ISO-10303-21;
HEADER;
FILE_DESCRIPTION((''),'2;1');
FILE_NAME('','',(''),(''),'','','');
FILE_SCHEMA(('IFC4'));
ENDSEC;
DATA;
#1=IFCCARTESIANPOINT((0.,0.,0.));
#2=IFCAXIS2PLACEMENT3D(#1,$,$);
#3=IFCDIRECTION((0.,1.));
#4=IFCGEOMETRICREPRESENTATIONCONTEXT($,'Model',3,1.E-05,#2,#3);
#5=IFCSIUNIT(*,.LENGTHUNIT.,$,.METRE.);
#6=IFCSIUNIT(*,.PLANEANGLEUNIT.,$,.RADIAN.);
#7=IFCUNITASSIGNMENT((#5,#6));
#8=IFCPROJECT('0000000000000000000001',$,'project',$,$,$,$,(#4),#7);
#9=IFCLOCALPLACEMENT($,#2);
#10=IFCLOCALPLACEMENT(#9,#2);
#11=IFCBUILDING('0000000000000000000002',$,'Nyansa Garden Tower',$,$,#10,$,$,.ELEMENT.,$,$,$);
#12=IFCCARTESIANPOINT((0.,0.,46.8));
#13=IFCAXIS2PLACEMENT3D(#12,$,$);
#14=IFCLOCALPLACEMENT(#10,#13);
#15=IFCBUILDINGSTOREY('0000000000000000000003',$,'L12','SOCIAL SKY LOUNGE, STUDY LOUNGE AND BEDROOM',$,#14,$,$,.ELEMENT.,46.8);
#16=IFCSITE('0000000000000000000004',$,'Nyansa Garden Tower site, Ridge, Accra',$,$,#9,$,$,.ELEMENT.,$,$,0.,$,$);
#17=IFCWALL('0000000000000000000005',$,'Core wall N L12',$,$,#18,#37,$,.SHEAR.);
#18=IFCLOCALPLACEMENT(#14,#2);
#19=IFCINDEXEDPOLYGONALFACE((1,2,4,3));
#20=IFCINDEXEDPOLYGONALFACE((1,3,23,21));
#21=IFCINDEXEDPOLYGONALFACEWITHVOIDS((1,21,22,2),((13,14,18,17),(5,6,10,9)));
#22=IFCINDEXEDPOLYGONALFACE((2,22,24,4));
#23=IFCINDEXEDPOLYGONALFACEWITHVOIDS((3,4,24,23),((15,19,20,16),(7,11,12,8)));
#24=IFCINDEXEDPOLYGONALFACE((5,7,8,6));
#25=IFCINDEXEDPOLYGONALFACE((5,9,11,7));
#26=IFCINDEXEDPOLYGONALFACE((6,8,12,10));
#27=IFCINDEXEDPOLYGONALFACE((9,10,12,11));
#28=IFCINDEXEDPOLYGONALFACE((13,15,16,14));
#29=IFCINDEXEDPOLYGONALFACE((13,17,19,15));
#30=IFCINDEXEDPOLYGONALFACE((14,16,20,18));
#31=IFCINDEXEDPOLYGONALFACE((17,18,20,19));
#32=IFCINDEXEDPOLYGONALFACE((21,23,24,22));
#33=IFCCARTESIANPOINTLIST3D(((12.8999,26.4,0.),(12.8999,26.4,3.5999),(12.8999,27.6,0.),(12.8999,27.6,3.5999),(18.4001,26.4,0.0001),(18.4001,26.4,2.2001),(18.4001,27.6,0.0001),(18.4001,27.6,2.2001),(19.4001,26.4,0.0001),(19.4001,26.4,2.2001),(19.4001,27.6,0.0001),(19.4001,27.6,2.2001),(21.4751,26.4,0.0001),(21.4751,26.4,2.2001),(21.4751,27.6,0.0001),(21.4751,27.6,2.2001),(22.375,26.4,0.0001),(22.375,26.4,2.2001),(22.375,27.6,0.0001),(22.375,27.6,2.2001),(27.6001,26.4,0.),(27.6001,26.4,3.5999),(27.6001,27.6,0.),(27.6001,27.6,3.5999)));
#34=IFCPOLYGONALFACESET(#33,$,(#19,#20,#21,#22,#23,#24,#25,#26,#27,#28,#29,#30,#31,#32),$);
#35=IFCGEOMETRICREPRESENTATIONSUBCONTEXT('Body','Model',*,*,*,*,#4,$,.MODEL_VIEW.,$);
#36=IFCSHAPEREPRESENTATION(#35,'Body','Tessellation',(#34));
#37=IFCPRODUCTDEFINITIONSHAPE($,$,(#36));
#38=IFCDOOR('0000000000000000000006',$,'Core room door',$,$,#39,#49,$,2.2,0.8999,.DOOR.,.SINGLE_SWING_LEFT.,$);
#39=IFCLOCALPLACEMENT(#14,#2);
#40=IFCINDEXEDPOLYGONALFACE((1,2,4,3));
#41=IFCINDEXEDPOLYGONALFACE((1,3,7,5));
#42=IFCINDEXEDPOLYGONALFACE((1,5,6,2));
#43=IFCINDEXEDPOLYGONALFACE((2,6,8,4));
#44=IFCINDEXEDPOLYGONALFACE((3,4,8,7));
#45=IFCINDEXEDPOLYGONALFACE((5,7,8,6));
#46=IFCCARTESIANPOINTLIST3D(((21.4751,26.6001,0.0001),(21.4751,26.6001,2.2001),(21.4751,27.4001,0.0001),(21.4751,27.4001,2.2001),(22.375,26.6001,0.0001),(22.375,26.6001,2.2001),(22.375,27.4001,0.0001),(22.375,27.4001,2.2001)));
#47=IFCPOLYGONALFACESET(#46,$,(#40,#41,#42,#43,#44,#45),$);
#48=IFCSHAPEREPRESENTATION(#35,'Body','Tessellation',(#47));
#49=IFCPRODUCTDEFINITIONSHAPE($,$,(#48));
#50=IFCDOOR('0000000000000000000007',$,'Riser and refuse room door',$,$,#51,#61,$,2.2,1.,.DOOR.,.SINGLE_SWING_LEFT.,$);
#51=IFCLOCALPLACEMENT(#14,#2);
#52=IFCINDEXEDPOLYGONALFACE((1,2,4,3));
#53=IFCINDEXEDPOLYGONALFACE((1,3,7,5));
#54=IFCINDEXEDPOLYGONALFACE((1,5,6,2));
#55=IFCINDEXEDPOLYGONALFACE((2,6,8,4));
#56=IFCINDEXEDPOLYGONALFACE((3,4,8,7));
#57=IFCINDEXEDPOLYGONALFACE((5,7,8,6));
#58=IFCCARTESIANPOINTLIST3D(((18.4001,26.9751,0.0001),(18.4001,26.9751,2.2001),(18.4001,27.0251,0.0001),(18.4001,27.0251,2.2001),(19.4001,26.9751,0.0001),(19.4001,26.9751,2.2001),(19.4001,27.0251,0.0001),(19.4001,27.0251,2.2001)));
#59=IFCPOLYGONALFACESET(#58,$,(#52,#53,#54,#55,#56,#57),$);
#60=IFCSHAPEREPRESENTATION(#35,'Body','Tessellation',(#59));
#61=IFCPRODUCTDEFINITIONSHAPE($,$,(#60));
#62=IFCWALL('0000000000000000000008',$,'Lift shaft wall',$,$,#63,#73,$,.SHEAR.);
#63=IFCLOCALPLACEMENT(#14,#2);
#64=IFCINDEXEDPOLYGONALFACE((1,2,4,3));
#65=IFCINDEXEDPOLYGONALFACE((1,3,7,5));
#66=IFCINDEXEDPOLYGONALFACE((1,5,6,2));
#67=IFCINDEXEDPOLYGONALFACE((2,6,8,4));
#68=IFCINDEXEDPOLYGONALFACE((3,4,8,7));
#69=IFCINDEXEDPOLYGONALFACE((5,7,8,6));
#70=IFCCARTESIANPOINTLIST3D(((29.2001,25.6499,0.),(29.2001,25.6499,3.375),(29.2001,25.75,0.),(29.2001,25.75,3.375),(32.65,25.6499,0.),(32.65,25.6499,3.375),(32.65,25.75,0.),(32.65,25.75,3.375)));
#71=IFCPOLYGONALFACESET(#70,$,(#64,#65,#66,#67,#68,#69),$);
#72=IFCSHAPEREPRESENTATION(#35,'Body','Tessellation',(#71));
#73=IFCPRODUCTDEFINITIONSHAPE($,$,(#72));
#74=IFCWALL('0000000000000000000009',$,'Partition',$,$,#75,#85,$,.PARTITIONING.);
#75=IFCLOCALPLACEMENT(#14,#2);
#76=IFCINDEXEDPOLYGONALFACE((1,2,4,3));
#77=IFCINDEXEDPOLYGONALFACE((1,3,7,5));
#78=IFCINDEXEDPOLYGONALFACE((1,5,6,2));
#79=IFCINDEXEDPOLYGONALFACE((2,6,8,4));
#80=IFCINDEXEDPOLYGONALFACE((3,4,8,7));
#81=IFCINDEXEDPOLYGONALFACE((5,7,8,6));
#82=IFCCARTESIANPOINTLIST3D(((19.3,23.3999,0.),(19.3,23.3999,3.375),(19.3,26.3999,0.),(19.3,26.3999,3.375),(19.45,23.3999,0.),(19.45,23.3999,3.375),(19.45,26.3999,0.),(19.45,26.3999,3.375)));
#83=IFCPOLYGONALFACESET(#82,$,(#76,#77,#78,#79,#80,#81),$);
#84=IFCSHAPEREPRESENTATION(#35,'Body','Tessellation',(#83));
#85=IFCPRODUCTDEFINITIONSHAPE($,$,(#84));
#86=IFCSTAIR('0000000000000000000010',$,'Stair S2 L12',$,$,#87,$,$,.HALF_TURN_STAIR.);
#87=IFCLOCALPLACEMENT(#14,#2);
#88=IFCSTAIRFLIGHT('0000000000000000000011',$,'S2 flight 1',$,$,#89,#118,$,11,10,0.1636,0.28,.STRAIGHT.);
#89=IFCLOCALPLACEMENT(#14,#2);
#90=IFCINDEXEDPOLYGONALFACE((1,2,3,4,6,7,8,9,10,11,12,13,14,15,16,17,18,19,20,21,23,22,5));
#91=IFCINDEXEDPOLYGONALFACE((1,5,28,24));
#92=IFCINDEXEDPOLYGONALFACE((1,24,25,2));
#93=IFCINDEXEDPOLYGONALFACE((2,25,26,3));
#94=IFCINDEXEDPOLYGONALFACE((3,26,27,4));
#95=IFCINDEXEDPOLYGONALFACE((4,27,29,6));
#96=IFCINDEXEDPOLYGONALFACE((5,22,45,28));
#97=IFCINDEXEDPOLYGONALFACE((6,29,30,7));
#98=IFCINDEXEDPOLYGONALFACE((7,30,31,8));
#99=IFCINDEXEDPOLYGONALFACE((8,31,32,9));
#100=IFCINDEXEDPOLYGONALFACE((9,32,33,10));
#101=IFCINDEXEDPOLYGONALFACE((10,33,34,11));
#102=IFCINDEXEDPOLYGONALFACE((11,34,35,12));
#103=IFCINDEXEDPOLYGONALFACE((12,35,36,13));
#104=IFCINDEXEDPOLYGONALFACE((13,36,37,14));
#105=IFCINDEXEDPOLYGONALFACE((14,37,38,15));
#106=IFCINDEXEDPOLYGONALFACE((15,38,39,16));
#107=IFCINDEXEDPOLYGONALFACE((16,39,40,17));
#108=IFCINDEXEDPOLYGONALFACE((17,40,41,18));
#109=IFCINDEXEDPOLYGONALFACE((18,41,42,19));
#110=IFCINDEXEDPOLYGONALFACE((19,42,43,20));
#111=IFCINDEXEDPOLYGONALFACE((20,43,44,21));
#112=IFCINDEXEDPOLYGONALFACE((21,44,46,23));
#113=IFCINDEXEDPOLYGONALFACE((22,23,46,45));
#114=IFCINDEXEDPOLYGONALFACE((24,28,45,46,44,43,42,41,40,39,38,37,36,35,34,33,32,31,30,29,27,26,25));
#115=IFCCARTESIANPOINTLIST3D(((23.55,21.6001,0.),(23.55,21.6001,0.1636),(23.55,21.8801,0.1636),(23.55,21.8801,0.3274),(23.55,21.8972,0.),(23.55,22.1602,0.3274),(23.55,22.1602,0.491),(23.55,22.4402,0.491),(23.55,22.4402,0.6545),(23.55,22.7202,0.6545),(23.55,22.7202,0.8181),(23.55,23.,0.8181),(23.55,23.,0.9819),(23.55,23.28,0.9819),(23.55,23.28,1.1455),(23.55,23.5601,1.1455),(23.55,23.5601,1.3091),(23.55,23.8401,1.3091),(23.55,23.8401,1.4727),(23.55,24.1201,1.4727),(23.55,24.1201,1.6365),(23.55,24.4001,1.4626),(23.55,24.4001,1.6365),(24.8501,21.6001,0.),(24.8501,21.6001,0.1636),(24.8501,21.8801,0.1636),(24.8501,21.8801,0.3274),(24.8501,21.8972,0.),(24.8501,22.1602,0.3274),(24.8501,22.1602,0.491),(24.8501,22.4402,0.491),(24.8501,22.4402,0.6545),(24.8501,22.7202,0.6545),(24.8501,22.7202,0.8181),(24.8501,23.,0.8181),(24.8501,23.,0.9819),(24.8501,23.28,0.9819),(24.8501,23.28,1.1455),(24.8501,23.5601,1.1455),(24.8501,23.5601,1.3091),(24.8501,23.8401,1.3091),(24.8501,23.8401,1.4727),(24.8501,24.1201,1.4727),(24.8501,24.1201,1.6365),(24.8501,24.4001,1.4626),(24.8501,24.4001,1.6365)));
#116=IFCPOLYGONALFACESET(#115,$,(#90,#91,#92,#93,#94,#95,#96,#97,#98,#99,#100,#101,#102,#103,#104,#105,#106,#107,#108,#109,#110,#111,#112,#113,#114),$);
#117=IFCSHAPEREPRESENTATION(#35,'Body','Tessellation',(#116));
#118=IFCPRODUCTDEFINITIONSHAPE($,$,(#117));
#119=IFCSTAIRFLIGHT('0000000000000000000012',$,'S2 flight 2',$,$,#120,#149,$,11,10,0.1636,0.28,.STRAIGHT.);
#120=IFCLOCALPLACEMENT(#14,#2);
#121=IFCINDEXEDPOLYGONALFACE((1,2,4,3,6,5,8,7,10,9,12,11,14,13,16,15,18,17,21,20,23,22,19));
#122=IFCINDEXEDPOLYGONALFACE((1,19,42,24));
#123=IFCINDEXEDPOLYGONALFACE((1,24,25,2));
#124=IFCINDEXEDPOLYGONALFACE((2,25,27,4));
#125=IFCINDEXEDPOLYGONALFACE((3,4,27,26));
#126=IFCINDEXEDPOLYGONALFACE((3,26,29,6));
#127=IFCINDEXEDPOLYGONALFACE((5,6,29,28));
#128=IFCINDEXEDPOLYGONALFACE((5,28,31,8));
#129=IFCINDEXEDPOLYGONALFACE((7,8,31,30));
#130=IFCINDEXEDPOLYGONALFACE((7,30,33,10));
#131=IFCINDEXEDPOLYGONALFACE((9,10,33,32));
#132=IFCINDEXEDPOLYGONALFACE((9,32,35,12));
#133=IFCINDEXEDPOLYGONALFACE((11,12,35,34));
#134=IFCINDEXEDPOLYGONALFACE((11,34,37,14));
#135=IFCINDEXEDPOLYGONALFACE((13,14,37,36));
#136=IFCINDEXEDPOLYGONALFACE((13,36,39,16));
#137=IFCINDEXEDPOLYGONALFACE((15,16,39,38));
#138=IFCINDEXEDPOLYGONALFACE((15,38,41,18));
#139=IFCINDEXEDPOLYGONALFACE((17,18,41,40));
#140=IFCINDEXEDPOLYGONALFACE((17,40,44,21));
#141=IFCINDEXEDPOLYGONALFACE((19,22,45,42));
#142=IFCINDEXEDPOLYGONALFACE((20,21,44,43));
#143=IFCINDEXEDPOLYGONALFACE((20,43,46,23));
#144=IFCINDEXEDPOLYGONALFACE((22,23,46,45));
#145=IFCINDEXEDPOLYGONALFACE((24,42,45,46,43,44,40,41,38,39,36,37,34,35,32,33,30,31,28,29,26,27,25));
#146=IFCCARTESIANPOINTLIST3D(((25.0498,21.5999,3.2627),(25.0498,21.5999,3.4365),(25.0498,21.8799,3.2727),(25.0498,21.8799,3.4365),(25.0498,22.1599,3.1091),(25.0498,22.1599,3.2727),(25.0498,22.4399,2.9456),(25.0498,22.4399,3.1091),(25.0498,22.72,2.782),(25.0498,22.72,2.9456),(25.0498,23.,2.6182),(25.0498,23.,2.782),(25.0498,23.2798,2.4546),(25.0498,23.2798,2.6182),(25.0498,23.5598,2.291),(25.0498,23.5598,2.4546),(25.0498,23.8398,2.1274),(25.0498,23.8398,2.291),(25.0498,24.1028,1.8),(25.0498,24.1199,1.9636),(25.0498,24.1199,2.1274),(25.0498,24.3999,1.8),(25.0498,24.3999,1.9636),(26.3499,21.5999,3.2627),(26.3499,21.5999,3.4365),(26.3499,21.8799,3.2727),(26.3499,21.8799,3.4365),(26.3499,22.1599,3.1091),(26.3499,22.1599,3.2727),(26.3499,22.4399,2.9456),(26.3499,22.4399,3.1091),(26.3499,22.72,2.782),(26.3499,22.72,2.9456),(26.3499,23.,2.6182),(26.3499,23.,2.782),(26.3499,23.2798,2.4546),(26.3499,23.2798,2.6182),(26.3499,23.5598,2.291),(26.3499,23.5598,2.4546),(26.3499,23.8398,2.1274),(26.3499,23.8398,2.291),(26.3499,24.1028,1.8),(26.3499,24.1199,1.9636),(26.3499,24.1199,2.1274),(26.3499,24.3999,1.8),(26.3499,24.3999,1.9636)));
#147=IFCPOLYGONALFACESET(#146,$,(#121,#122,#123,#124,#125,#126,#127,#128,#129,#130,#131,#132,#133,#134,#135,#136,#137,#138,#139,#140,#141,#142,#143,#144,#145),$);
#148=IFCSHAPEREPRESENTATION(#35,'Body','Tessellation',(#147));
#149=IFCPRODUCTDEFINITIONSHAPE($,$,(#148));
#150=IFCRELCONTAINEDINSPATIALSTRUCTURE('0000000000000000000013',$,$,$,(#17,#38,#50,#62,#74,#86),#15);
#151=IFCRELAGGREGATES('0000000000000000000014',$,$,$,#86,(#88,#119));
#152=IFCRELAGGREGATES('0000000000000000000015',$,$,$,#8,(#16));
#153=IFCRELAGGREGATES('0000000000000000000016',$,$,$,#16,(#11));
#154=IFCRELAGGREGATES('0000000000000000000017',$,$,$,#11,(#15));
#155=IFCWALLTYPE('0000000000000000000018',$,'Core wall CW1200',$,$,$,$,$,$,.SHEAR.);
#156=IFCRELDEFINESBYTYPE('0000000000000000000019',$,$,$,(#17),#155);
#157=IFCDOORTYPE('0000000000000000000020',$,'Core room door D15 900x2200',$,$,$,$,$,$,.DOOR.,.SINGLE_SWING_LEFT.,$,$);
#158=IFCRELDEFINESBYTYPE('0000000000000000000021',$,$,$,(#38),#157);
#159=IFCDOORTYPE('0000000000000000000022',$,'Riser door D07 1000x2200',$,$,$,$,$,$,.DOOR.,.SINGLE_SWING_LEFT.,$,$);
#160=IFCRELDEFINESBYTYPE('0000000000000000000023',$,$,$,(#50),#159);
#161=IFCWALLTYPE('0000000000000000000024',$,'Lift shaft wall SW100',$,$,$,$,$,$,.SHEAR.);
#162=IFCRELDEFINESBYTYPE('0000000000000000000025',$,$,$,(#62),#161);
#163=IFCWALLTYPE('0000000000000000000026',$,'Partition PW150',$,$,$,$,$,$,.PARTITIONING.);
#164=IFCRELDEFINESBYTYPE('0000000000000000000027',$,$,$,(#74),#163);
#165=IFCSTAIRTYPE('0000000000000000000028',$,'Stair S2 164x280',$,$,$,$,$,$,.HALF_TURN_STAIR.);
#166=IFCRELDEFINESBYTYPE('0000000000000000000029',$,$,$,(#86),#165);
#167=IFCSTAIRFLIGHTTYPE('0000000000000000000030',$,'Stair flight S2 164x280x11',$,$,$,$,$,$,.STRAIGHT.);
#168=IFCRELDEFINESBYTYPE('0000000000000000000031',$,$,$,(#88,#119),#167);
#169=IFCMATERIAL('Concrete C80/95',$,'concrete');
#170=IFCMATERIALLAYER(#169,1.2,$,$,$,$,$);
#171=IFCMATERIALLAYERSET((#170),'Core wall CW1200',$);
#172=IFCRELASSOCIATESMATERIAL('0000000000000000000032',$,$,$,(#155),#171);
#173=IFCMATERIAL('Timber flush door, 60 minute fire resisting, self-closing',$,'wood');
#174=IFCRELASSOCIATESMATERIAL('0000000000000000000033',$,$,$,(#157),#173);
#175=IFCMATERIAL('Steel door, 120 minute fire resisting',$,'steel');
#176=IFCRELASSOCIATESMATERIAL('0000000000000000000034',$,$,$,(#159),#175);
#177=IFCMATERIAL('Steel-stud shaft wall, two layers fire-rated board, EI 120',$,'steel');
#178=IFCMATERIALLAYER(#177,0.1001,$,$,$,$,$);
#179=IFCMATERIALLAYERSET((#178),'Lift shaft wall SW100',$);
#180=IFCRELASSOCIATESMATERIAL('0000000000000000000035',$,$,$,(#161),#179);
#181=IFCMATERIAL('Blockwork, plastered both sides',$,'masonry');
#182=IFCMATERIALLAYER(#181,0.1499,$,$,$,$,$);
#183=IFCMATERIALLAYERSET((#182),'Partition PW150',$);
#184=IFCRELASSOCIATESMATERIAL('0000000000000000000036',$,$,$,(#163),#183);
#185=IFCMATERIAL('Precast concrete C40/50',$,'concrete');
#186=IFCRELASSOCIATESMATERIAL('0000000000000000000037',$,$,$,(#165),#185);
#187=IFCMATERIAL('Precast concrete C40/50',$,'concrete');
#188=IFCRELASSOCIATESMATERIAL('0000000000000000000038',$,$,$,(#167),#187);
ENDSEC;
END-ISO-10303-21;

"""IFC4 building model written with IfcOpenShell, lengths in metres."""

from ifc_helpers import new_model, si_unit, direction, frame, frame_2d, origin, place, context, subcontext, project, spatial, polyline, rectangle, outline, extrude, material, layer, layer_set, type_object, element, fill, aggregate, save


model = new_model("IFC4")

# Units and contexts
model_context = context("Model", 3, precision=1e-05, world=origin(), true_north=direction((0.0, 1.0)))
body_context = subcontext(model_context, "Body", "Model", "MODEL_VIEW")
ifc_project = project(units=[si_unit("LENGTHUNIT", "METRE"), si_unit("PLANEANGLEUNIT", "RADIAN")], contexts=[model_context])

# Site, building, storey
site_placement = place(None, origin())
site = spatial("IfcSite", under=ifc_project, at=site_placement, Name="Nyansa Garden Tower site, Ridge, Accra", CompositionType="ELEMENT", RefElevation=0.0)
building_placement = place(site_placement, origin())
building = spatial("IfcBuilding", under=site, at=building_placement, Name="Nyansa Garden Tower", CompositionType="ELEMENT")
storey_placement = place(building_placement, frame((0.0, 0.0, 46.8)))
storey = spatial("IfcBuildingStorey", under=building, at=storey_placement, Name="L12", Description="SOCIAL SKY LOUNGE, STUDY LOUNGE AND BEDROOM", CompositionType="ELEMENT", Elevation=46.8)

# Wall, openings, doors
ifc_material_1 = material(Name="Concrete C80/95", Category="concrete")
ifc_layer_1 = layer(ifc_material_1, 1.2)
ifc_layer_set_1 = layer_set([ifc_layer_1], Name="Core wall CW1200")
wall_type_1 = type_object("IfcWallType", Name="Core wall CW1200", PredefinedType="SHEAR", material=ifc_layer_set_1)
wall_1_placement = place(storey_placement, frame((27.6001, 27.0, 0.0), z_axis=(0.0, 0.0, 1.0), x_axis=(-1.0, 0.0, 0.0)))
wall_1 = element("IfcWall", 1, at=wall_1_placement, inside=storey, type_object=wall_type_1, Name="Core wall N L12", PredefinedType="SHEAR", context=body_context, shape_type="SweptSolid", body=[
    extrude(rectangle(XDim=14.7002, YDim=1.2, at=frame_2d((7.3501, 0.0))), origin(), (0.0, 0.0, 1.0), 3.5999),
])
opening_1_placement = place(wall_1_placement, frame((5.2251, 0.0, 0.0)))
opening_1 = element("IfcOpeningElement", 2, at=opening_1_placement, cuts=wall_1, PredefinedType="OPENING", context=body_context, shape_type="SweptSolid", body=[
    extrude(rectangle(XDim=0.8999, YDim=2.2, at=frame_2d((0.45, 1.1001))), frame((0.0, 0.6099, 0.0), z_axis=(0.0, -1.0, 0.0), x_axis=(1.0, 0.0, 0.0)), (0.0, 0.0, 1.0), 1.22),
])
opening_2_placement = place(wall_1_placement, frame((8.2, 0.0, 0.0)))
opening_2 = element("IfcOpeningElement", 3, at=opening_2_placement, cuts=wall_1, PredefinedType="OPENING", context=body_context, shape_type="SweptSolid", body=[
    extrude(rectangle(XDim=1.0, YDim=2.2, at=frame_2d((0.5, 1.1001))), frame((0.0, 0.6099, 0.0), z_axis=(0.0, -1.0, 0.0), x_axis=(1.0, 0.0, 0.0)), (0.0, 0.0, 1.0), 1.22),
])
ifc_material_2 = material(Name="Timber flush door, 60 minute fire resisting, self-closing", Category="wood")
door_type_1 = type_object("IfcDoorType", Name="Core room door D15 900x2200", OperationType="SINGLE_SWING_LEFT", PredefinedType="DOOR", material=ifc_material_2)
door_1_placement = place(opening_1_placement, origin())
door_1 = element("IfcDoor", 4, at=door_1_placement, inside=storey, type_object=door_type_1, Name="Core room door", OperationType="SINGLE_SWING_LEFT", OverallHeight=2.2, OverallWidth=0.8999, PredefinedType="DOOR", context=body_context, shape_type="SweptSolid", body=[
    extrude(rectangle(XDim=0.8999, YDim=2.2, at=frame_2d((0.45, 1.1001))), frame((0.0, 0.3999, 0.0), z_axis=(0.0, -1.0, 0.0), x_axis=(1.0, 0.0, 0.0)), (0.0, 0.0, 1.0), 0.8),
])
fill(opening_1, door_1)
ifc_material_3 = material(Name="Steel door, 120 minute fire resisting", Category="steel")
door_type_2 = type_object("IfcDoorType", Name="Riser door D07 1000x2200", OperationType="SINGLE_SWING_LEFT", PredefinedType="DOOR", material=ifc_material_3)
door_2_placement = place(opening_2_placement, origin())
door_2 = element("IfcDoor", 5, at=door_2_placement, inside=storey, type_object=door_type_2, Name="Riser and refuse room door", OperationType="SINGLE_SWING_LEFT", OverallHeight=2.2, OverallWidth=1.0, PredefinedType="DOOR", context=body_context, shape_type="SweptSolid", body=[
    extrude(rectangle(XDim=1.0, YDim=2.2, at=frame_2d((0.5, 1.1001))), frame((0.0, 0.0249, 0.0), z_axis=(0.0, -1.0, 0.0), x_axis=(1.0, 0.0, 0.0)), (0.0, 0.0, 1.0), 0.05),
])
fill(opening_2, door_2)

# Walls
ifc_material_4 = material(Name="Steel-stud shaft wall, two layers fire-rated board, EI 120", Category="steel")
ifc_layer_2 = layer(ifc_material_4, 0.1001)
ifc_layer_set_2 = layer_set([ifc_layer_2], Name="Lift shaft wall SW100")
wall_type_2 = type_object("IfcWallType", Name="Lift shaft wall SW100", PredefinedType="SHEAR", material=ifc_layer_set_2)
wall_2_placement = place(storey_placement, frame((29.2, 25.7, 0.0), z_axis=(0.0, 0.0, 1.0), x_axis=(1.0, 0.0, 0.0)))
element("IfcWall", 6, at=wall_2_placement, inside=storey, type_object=wall_type_2, Name="Lift shaft wall", PredefinedType="SHEAR", context=body_context, shape_type="SweptSolid", body=[
    extrude(rectangle(XDim=3.45, YDim=0.1001, at=frame_2d((1.7251, 0.0))), origin(), (0.0, 0.0, 1.0), 3.375),
])
ifc_material_5 = material(Name="Blockwork, plastered both sides", Category="masonry")
ifc_layer_3 = layer(ifc_material_5, 0.1499)
ifc_layer_set_3 = layer_set([ifc_layer_3], Name="Partition PW150")
wall_type_3 = type_object("IfcWallType", Name="Partition PW150", PredefinedType="PARTITIONING", material=ifc_layer_set_3)
wall_3_placement = place(storey_placement, frame((19.375, 23.3999, 0.0), z_axis=(0.0, 0.0, 1.0), x_axis=(0.0, 1.0, 0.0)))
element("IfcWall", 7, at=wall_3_placement, inside=storey, type_object=wall_type_3, Name="Partition", PredefinedType="PARTITIONING", context=body_context, shape_type="SweptSolid", body=[
    extrude(rectangle(XDim=3.0, YDim=0.1499, at=frame_2d((1.5, 0.0))), origin(), (0.0, 0.0, 1.0), 3.375),
])

# Stair, stair flights
ifc_material_6 = material(Name="Precast concrete C40/50", Category="concrete")
stair_type = type_object("IfcStairType", Name="Stair S2 164x280", PredefinedType="HALF_TURN_STAIR", material=ifc_material_6)
stair_placement = place(storey_placement, origin())
stair = element("IfcStair", 8, at=stair_placement, inside=storey, type_object=stair_type, Name="Stair S2 L12", PredefinedType="HALF_TURN_STAIR")
ifc_material_7 = material(Name="Precast concrete C40/50", Category="concrete")
stair_flight_type = type_object("IfcStairFlightType", Name="Stair flight S2 164x280x11", PredefinedType="STRAIGHT", material=ifc_material_7)
stair_flight_1_placement = place(storey_placement, frame((24.2, 21.6001, 0.0), z_axis=(0.0, 0.0, 1.0), x_axis=(0.0, 1.0, 0.0)))
stair_flight_1 = element("IfcStairFlight", 9, at=stair_flight_1_placement, type_object=stair_flight_type, Name="S2 flight 1", NumberOfRisers=11, NumberOfTreads=10, PredefinedType="STRAIGHT", RiserHeight=0.1636, TreadLength=0.28, context=body_context, shape_type="SweptSolid", body=[
    extrude(outline(polyline([(0.0, 0.0), (0.0, 0.1636), (0.28, 0.1636), (0.28, 0.3274), (0.5601, 0.3274), (0.5601, 0.491), (0.8401, 0.491), (0.8401, 0.6545), (1.1201, 0.6545), (1.1201, 0.8181), (1.3999, 0.8181), (1.3999, 0.9819), (1.6799, 0.9819), (1.6799, 1.1455), (1.96, 1.1455), (1.96, 1.3091), (2.24, 1.3091), (2.24, 1.4727), (2.52, 1.4727), (2.52, 1.6365), (2.8, 1.6365), (2.8, 1.8), (2.8, 1.4626), (0.2971, 0.0), (0.0, 0.0)])), frame((0.0, 0.6499, 0.0), z_axis=(0.0, -1.0, 0.0), x_axis=(1.0, 0.0, 0.0)), (0.0, 0.0, 1.0), 1.3),
])
stair_flight_2_placement = place(storey_placement, frame((25.7, 24.3999, 1.8), z_axis=(0.0, 0.0, 1.0), x_axis=(0.0, -1.0, 0.0)))
stair_flight_2 = element("IfcStairFlight", 10, at=stair_flight_2_placement, type_object=stair_flight_type, Name="S2 flight 2", NumberOfRisers=11, NumberOfTreads=10, PredefinedType="STRAIGHT", RiserHeight=0.1636, TreadLength=0.28, context=body_context, shape_type="SweptSolid", body=[
    extrude(outline(polyline([(0.0, 0.0), (0.0, 0.1636), (0.28, 0.1636), (0.28, 0.3274), (0.5601, 0.3274), (0.5601, 0.491), (0.8401, 0.491), (0.8401, 0.6545), (1.1201, 0.6545), (1.1201, 0.8181), (1.3999, 0.8181), (1.3999, 0.9819), (1.6799, 0.9819), (1.6799, 1.1455), (1.96, 1.1455), (1.96, 1.3091), (2.24, 1.3091), (2.24, 1.4727), (2.52, 1.4727), (2.52, 1.6365), (2.8, 1.6365), (2.8, 1.8), (2.8, 1.4626), (0.2971, 0.0), (0.0, 0.0)])), frame((0.0, 0.6499, 0.0), z_axis=(0.0, -1.0, 0.0), x_axis=(1.0, 0.0, 0.0)), (0.0, 0.0, 1.0), 1.3),
])
aggregate(stair, [stair_flight_1, stair_flight_2])

save(model, "model.ifc")
